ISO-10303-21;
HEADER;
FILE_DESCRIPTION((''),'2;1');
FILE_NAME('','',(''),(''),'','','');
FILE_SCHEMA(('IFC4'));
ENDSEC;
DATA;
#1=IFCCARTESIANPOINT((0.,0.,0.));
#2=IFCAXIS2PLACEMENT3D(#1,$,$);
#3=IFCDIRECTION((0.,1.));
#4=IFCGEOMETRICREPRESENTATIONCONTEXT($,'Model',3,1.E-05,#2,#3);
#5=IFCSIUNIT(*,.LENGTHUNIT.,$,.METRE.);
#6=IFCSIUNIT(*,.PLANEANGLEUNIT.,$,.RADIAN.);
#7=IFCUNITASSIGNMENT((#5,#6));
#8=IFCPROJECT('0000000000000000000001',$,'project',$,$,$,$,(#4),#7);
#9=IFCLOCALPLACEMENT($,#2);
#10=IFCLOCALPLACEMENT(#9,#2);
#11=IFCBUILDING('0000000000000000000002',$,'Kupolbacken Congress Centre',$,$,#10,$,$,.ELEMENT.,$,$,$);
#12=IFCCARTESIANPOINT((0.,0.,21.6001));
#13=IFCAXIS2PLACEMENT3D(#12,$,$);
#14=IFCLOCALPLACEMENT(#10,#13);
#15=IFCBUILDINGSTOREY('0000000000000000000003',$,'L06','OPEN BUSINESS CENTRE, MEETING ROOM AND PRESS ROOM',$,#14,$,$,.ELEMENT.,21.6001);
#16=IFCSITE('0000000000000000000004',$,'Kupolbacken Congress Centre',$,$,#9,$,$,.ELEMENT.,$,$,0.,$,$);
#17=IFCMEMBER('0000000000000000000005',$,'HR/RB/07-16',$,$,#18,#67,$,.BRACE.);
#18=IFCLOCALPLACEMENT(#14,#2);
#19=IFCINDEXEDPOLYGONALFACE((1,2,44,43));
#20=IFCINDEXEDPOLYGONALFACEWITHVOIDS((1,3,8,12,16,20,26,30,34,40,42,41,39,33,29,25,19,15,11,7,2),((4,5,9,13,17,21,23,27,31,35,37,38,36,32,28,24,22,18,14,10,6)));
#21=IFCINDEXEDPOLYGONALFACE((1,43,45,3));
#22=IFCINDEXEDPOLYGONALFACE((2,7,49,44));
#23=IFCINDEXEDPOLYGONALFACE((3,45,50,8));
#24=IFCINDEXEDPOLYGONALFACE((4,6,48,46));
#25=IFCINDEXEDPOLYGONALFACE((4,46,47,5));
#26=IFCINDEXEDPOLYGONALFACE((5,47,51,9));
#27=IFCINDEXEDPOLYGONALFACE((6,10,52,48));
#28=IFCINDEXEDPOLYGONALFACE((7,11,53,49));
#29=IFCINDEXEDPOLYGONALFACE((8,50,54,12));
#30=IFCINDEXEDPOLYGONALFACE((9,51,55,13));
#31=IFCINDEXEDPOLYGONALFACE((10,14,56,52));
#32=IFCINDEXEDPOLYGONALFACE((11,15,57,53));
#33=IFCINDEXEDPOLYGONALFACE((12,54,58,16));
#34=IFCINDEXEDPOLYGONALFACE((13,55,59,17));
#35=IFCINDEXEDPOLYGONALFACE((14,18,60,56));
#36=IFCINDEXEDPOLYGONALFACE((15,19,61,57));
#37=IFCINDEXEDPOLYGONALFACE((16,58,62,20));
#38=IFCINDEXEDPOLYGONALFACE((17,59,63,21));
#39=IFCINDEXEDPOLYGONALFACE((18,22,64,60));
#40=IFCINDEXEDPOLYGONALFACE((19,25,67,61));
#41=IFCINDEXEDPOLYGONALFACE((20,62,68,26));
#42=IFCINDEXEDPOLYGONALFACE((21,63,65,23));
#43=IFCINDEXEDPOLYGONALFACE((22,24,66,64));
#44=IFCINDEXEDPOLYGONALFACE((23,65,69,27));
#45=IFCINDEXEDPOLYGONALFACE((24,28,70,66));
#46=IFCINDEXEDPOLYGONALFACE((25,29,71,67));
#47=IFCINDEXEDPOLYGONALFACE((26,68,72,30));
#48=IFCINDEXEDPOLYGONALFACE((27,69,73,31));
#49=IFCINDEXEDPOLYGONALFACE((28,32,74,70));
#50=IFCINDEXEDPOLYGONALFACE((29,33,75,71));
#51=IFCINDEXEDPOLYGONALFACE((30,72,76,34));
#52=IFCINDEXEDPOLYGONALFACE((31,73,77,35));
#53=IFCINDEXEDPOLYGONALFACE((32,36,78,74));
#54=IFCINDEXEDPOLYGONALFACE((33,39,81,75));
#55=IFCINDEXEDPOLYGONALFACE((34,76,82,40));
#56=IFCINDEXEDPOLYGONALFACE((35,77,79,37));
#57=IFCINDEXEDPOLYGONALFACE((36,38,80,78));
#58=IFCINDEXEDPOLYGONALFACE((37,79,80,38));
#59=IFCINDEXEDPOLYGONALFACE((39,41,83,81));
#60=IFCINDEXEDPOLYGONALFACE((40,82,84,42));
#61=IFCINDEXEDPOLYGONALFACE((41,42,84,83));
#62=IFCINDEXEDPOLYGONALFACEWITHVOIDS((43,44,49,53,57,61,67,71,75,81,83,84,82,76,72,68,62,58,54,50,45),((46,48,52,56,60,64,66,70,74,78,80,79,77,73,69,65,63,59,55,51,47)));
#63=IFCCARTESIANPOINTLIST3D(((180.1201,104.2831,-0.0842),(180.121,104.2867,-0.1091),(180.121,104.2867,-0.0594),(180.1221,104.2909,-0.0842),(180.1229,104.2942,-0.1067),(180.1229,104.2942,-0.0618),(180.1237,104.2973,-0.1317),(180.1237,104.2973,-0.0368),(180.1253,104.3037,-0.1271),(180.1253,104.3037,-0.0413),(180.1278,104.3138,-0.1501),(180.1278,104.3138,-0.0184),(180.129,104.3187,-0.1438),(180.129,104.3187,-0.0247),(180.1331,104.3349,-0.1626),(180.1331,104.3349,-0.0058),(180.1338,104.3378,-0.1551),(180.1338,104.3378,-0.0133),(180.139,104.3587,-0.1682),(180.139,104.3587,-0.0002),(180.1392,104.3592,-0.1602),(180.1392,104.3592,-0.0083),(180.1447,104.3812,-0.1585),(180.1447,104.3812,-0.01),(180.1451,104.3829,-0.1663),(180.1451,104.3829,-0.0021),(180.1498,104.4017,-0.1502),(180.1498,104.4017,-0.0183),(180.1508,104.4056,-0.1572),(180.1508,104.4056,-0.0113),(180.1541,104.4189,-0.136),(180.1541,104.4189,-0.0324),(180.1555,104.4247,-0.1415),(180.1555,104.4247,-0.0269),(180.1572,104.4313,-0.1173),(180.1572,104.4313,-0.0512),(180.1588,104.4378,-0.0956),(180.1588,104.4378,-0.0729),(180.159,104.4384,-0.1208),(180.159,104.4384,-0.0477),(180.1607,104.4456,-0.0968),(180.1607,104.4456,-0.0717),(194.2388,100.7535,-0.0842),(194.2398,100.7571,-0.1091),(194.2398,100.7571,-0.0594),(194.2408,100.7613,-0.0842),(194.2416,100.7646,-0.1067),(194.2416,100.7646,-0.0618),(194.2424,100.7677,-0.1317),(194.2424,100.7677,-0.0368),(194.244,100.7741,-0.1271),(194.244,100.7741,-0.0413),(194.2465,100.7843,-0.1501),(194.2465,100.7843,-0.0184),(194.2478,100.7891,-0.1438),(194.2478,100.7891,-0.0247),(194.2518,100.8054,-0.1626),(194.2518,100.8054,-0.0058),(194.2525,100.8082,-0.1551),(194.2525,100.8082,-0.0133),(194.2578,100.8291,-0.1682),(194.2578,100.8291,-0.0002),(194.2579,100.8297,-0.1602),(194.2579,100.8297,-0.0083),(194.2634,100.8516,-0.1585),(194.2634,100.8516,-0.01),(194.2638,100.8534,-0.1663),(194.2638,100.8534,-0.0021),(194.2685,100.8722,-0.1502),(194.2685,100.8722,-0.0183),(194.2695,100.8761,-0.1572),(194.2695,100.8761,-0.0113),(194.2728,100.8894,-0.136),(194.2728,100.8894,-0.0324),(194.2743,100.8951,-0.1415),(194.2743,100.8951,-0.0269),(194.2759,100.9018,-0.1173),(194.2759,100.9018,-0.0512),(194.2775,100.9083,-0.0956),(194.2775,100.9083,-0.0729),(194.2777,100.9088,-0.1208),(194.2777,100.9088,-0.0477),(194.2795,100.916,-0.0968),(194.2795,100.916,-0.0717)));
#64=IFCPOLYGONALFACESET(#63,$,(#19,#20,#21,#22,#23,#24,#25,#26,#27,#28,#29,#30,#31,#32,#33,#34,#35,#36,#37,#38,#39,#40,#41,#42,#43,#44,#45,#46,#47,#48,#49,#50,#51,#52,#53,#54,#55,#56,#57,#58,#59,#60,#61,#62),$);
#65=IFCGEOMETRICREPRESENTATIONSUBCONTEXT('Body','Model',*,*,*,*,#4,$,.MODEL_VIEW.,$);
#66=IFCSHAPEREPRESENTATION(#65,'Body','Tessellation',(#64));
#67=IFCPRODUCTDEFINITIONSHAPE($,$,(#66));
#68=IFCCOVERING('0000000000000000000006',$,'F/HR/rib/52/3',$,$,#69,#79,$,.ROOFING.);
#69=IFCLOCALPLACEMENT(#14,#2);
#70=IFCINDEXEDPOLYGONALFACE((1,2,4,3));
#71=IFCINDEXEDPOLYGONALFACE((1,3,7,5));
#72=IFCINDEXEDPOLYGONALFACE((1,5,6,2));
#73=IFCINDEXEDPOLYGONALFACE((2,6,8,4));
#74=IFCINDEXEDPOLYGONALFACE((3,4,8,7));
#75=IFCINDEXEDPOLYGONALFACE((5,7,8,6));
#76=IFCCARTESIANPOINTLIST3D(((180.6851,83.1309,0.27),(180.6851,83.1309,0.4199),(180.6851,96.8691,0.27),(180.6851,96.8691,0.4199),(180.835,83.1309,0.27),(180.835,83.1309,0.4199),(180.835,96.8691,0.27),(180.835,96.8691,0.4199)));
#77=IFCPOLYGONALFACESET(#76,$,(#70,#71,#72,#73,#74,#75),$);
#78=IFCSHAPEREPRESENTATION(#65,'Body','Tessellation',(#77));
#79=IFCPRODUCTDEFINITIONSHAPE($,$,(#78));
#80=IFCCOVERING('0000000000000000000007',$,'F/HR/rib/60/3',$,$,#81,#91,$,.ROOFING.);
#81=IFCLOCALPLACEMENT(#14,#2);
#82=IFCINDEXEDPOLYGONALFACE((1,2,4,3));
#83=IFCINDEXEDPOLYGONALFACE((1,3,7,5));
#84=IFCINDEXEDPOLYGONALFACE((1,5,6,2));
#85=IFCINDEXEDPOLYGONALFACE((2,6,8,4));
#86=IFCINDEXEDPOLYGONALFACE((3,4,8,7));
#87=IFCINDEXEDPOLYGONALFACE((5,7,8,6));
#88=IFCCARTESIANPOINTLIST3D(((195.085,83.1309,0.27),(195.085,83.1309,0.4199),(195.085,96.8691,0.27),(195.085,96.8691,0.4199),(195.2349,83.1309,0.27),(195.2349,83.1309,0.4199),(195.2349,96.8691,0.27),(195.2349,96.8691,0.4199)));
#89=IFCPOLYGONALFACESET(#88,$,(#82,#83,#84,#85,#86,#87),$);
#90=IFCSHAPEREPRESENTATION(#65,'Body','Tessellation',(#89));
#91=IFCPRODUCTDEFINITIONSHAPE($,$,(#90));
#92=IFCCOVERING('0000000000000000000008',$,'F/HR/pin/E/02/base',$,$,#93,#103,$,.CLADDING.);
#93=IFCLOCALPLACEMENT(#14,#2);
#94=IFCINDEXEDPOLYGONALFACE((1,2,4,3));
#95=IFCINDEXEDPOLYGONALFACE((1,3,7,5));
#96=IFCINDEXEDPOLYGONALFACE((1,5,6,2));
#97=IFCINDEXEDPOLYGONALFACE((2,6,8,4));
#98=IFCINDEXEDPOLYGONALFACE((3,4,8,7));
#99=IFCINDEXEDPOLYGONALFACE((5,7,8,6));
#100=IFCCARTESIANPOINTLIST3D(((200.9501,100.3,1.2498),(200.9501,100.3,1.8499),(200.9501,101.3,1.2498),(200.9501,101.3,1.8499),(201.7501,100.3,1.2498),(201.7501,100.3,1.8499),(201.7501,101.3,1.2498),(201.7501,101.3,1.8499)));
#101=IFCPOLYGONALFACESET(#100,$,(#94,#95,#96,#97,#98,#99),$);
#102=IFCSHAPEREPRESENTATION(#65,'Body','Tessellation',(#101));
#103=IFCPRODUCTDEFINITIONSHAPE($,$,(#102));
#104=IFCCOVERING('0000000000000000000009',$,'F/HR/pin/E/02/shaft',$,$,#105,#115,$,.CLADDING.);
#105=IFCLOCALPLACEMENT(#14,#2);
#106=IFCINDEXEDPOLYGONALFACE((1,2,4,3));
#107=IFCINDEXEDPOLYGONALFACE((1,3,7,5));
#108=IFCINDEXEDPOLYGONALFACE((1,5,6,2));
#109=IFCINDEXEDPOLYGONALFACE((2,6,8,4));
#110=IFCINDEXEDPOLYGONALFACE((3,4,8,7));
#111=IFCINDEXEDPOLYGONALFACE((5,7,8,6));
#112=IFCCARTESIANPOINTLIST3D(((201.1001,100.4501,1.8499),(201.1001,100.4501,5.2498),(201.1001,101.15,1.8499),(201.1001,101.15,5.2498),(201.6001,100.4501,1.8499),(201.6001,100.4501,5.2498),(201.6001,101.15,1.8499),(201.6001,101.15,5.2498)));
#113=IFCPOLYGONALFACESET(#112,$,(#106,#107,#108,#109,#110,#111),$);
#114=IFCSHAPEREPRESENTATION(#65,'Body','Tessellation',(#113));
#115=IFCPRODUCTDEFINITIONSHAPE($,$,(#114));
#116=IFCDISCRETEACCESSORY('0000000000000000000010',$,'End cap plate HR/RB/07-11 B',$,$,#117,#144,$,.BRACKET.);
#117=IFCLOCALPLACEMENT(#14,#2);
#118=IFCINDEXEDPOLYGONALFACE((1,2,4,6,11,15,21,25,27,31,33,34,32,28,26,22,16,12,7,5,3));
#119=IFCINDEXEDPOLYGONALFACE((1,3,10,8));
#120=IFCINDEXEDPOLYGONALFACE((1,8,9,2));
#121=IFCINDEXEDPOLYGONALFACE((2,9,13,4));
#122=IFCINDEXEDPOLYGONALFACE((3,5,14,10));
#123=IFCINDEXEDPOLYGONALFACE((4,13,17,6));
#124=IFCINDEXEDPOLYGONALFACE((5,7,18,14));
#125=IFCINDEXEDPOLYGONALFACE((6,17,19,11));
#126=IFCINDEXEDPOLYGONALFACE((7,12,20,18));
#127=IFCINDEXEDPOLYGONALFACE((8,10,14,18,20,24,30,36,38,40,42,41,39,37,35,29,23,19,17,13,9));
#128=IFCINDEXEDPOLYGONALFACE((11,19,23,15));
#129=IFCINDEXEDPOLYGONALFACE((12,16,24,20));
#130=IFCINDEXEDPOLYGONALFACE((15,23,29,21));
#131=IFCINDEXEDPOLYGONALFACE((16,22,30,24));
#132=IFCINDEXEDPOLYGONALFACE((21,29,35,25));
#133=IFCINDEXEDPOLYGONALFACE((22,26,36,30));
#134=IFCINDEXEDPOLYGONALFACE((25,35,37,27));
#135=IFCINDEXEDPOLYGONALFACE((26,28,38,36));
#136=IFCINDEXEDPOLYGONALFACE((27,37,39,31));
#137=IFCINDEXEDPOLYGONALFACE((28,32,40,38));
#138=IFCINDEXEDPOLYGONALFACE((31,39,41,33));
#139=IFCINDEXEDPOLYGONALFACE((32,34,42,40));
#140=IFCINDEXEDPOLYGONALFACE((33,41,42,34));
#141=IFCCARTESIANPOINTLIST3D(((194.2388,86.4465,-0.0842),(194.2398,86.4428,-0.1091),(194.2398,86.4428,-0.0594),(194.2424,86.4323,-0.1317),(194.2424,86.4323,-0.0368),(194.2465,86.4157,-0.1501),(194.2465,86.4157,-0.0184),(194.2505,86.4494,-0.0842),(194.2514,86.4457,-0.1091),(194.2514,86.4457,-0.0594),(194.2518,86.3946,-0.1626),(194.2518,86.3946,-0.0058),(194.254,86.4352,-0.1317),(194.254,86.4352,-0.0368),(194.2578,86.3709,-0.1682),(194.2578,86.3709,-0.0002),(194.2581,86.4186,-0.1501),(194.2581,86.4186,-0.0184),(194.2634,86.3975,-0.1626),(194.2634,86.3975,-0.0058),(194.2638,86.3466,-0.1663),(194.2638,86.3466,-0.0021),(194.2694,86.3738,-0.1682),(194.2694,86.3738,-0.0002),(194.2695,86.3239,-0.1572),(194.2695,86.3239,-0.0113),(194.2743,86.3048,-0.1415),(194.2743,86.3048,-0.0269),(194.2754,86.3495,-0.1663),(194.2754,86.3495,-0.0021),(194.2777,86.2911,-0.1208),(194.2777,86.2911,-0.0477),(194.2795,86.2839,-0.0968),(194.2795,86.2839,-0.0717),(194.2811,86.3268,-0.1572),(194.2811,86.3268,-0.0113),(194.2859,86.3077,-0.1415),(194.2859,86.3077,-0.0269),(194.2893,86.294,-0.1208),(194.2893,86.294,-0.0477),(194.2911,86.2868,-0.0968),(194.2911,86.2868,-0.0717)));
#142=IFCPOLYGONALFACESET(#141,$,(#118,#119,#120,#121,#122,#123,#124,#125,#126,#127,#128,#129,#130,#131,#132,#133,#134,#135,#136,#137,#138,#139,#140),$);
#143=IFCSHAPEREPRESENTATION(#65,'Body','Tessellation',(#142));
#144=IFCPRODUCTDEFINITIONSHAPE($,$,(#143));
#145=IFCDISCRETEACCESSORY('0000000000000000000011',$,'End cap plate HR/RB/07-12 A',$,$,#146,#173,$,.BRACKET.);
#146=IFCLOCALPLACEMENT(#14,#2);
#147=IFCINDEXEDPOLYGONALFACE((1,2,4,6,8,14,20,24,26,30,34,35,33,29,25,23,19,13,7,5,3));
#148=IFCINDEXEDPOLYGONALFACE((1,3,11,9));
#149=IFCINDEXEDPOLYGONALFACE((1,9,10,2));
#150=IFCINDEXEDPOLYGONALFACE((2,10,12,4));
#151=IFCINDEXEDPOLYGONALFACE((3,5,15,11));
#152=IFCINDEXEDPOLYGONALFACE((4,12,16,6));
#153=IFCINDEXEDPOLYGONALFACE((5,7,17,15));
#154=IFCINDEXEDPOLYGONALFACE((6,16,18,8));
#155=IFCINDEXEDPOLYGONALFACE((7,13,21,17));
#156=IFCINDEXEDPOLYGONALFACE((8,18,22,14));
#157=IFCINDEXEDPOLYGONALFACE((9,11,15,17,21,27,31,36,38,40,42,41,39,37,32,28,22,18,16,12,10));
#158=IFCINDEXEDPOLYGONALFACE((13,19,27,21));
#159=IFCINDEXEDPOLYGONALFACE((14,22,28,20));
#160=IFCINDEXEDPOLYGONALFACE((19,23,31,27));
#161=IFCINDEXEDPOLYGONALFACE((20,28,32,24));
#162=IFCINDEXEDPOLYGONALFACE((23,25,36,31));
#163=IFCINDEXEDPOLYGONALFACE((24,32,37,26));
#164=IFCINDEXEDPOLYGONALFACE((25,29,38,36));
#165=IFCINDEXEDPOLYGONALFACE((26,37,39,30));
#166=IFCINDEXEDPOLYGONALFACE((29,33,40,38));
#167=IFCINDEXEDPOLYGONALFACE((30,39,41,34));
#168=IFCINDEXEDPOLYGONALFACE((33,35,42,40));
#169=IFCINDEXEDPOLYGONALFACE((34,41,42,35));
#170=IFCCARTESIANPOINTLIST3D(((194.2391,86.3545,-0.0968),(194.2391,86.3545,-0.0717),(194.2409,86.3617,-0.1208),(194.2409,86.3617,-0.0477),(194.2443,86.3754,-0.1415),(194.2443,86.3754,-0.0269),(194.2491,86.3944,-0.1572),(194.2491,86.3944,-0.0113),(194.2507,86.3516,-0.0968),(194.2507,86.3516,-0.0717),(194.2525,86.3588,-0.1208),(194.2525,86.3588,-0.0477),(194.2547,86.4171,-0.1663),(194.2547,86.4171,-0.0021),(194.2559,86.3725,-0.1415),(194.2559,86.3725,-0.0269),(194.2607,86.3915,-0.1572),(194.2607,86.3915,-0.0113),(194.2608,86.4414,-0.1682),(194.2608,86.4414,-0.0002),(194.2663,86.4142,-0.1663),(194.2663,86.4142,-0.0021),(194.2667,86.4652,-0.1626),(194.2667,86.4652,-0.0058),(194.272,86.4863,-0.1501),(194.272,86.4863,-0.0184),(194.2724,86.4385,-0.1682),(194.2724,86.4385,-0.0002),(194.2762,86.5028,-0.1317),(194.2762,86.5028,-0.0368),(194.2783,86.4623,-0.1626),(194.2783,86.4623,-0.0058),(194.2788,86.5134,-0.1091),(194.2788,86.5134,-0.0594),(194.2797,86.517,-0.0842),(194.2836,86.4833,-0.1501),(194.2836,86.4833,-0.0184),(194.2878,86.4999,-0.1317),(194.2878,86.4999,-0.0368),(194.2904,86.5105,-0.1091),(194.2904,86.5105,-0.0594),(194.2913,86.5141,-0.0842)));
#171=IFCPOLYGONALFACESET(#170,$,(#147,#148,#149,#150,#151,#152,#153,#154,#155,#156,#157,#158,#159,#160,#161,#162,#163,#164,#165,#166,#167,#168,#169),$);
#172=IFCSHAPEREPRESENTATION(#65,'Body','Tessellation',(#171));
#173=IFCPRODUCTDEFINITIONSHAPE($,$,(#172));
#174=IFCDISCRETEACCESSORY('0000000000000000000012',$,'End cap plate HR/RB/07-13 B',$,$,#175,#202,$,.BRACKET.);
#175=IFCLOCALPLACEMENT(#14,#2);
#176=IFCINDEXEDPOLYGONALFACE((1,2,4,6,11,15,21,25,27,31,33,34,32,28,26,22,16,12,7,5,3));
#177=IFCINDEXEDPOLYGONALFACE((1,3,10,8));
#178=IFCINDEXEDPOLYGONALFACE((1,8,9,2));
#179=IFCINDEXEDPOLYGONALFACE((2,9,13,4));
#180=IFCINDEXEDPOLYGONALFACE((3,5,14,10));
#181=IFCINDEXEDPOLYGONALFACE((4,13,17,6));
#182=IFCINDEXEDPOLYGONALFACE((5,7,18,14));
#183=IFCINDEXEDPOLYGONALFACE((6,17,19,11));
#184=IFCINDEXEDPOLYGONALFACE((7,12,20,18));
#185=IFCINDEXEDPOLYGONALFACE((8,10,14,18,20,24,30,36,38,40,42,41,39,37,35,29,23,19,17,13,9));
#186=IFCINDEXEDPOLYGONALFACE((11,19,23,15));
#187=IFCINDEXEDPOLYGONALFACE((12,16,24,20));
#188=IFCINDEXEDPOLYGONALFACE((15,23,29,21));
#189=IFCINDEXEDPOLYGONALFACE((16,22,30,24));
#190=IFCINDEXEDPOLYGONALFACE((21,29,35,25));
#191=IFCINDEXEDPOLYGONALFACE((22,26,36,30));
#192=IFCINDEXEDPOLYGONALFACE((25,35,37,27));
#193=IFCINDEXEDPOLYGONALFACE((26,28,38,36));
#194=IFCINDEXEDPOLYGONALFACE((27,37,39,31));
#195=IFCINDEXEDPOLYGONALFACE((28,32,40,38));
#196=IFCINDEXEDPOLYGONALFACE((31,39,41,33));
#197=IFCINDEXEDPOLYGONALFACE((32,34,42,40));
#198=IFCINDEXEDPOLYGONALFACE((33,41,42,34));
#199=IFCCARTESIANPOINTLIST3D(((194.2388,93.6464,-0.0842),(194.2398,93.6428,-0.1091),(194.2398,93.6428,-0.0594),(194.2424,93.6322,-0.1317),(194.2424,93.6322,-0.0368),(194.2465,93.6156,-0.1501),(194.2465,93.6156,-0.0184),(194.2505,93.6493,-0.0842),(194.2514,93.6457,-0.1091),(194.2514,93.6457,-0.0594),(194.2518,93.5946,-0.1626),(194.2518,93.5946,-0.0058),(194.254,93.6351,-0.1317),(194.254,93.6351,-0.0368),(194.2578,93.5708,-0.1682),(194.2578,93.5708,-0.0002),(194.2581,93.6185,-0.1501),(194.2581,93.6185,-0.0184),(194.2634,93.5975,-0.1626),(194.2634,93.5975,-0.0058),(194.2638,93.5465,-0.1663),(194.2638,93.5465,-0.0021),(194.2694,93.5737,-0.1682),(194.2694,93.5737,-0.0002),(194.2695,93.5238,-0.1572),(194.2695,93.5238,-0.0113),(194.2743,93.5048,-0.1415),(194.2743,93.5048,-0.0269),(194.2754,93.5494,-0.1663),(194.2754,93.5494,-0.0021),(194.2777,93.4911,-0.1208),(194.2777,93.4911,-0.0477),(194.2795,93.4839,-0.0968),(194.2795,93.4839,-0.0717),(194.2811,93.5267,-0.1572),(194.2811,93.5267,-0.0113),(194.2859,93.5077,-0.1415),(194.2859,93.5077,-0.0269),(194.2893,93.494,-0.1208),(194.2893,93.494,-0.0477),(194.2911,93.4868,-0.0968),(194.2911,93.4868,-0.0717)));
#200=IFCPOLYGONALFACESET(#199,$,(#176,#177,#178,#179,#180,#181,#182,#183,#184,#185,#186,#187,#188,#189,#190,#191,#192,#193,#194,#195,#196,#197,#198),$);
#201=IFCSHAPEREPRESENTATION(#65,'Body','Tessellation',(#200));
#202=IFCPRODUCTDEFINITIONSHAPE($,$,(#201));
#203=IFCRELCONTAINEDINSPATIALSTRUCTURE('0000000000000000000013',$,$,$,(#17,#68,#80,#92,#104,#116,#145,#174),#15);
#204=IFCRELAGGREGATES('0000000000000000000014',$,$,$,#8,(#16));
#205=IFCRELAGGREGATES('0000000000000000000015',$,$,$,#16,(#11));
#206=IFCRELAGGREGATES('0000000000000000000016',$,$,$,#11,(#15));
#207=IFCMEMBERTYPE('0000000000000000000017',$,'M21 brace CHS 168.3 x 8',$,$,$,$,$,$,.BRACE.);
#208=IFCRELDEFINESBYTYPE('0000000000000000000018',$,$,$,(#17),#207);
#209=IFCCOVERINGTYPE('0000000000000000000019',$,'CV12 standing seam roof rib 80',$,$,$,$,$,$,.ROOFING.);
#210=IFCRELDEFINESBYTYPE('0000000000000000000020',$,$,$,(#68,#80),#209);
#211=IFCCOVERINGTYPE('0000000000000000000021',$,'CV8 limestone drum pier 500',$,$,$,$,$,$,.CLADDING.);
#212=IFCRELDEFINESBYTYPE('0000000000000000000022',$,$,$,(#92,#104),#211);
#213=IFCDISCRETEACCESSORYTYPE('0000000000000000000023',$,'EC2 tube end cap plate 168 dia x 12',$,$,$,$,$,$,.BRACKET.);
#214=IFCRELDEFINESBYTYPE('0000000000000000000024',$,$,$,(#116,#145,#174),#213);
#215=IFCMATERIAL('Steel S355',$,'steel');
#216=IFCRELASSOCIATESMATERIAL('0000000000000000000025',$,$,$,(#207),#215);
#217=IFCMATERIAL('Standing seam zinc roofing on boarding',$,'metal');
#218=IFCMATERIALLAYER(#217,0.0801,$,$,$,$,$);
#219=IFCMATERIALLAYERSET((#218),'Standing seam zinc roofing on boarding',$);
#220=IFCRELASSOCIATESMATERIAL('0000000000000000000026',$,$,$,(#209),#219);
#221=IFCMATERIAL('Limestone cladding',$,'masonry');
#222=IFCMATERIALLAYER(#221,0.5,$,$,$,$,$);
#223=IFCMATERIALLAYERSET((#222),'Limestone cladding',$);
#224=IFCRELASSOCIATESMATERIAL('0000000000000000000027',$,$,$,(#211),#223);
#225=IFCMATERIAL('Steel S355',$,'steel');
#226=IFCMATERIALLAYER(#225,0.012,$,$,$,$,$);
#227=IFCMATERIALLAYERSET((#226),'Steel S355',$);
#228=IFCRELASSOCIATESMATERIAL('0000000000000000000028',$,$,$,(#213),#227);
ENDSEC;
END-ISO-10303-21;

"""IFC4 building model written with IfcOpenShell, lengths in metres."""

from ifc_helpers import new_model, si_unit, direction, frame, origin, origin_2d, place, context, subcontext, project, spatial, rectangle, circle, hollow_circle, extrude, material, layer, layer_set, material_profile, profile_set, type_object, element, save


model = new_model("IFC4")

# Units and contexts
model_context = context("Model", 3, precision=1e-05, world=origin(), true_north=direction((0.0, 1.0)))
body_context = subcontext(model_context, "Body", "Model", "MODEL_VIEW")
ifc_project = project(units=[si_unit("LENGTHUNIT", "METRE"), si_unit("PLANEANGLEUNIT", "RADIAN")], contexts=[model_context])

# Site, building, storey
site_placement = place(None, origin())
site = spatial("IfcSite", under=ifc_project, at=site_placement, Name="Kupolbacken Congress Centre", CompositionType="ELEMENT", RefElevation=0.0)
building_placement = place(site_placement, origin())
building = spatial("IfcBuilding", under=site, at=building_placement, Name="Kupolbacken Congress Centre", CompositionType="ELEMENT")
storey_placement = place(building_placement, frame((0.0, 0.0, 21.6001)))
storey = spatial("IfcBuildingStorey", under=building, at=storey_placement, Name="L06", Description="OPEN BUSINESS CENTRE, MEETING ROOM AND PRESS ROOM", CompositionType="ELEMENT", Elevation=21.6001)

# Member
ifc_material_1 = material(Name="Steel S355", Category="steel")
ifc_material_profile_1 = material_profile(ifc_material_1, hollow_circle(Radius=0.0842, WallThickness=0.0081, at=origin_2d()), Name="CHS 168.3 x 8")
ifc_profile_set_1 = profile_set([ifc_material_profile_1], Name="Steel S355")
member_type_1 = type_object("IfcMemberType", Name="M21 brace CHS 168.3 x 8", PredefinedType="BRACE", material=ifc_profile_set_1)
for number, where, z_axis, x_axis, name in (
    (1, (194.2593, 100.8352, -0.0842), (-0.970144, 0.242528, 0.0), (-0.242528, -0.970144, 0.0), "HR/RB/07-16"),
):
    element("IfcMember", number, at=place(storey_placement, frame(where, z_axis=z_axis, x_axis=x_axis)), inside=storey, type_object=member_type_1, Name=name, PredefinedType="BRACE", context=body_context, shape_type="SweptSolid", body=[
        extrude(hollow_circle(Radius=0.0842, WallThickness=0.0081, at=origin_2d()), origin(), (0.0, 0.0, 1.0), 14.5532),
    ])

# Coverings
ifc_material_2 = material(Name="Standing seam zinc roofing on boarding", Category="metal")
ifc_layer_1 = layer(ifc_material_2, 0.0801)
ifc_layer_set_1 = layer_set([ifc_layer_1], Name="Standing seam zinc roofing on boarding")
covering_type_1 = type_object("IfcCoveringType", Name="CV12 standing seam roof rib 80", PredefinedType="ROOFING", material=ifc_layer_set_1)
for number, where, z_axis, x_axis, name in (
    (2, (180.76, 90.0, 0.27), (0.0, 0.0, 1.0), (0.0, 1.0, 0.0), "F/HR/rib/52/3"),
    (3, (195.1599, 90.0, 0.27), (0.0, 0.0, 1.0), (0.0, 1.0, 0.0), "F/HR/rib/60/3"),
):
    element("IfcCovering", number, at=place(storey_placement, frame(where, z_axis=z_axis, x_axis=x_axis)), inside=storey, type_object=covering_type_1, Name=name, PredefinedType="ROOFING", context=body_context, shape_type="SweptSolid", body=[
        extrude(rectangle(XDim=13.7383, YDim=0.1499, at=origin_2d()), origin(), (0.0, 0.0, 1.0), 0.1499),
    ])
ifc_material_3 = material(Name="Limestone cladding", Category="masonry")
ifc_layer_2 = layer(ifc_material_3, 0.5)
ifc_layer_set_2 = layer_set([ifc_layer_2], Name="Limestone cladding")
covering_type_2 = type_object("IfcCoveringType", Name="CV8 limestone drum pier 500", PredefinedType="CLADDING", material=ifc_layer_set_2)
covering_1_placement = place(storey_placement, frame((201.3501, 100.8, 1.2498), z_axis=(0.0, 0.0, 1.0), x_axis=(0.0, 1.0, 0.0)))
element("IfcCovering", 4, at=covering_1_placement, inside=storey, type_object=covering_type_2, Name="F/HR/pin/E/02/base", PredefinedType="CLADDING", context=body_context, shape_type="SweptSolid", body=[
    extrude(rectangle(XDim=1.0, YDim=0.8, at=origin_2d()), origin(), (0.0, 0.0, 1.0), 0.6001),
])
covering_2_placement = place(storey_placement, frame((201.3501, 100.8, 1.8499), z_axis=(0.0, 0.0, 1.0), x_axis=(0.0, 1.0, 0.0)))
element("IfcCovering", 5, at=covering_2_placement, inside=storey, type_object=covering_type_2, Name="F/HR/pin/E/02/shaft", PredefinedType="CLADDING", context=body_context, shape_type="SweptSolid", body=[
    extrude(rectangle(XDim=0.7, YDim=0.5, at=origin_2d()), origin(), (0.0, 0.0, 1.0), 3.3999),
])

# Discrete accessories
ifc_material_4 = material(Name="Steel S355", Category="steel")
ifc_layer_3 = layer(ifc_material_4, 0.012)
ifc_layer_set_3 = layer_set([ifc_layer_3], Name="Steel S355")
discrete_accessory_type = type_object("IfcDiscreteAccessoryType", Name="EC2 tube end cap plate 168 dia x 12", PredefinedType="BRACKET", material=ifc_layer_set_3)
for number, where, z_axis, x_axis, name in (
    (6, (194.2593, 86.3647, -0.0842), (0.970143, 0.242536, 0.0), (-0.242536, 0.970143, 0.0), "End cap plate HR/RB/07-11 B"),
    (7, (194.2593, 86.4353, -0.0842), (0.970143, -0.242536, 0.0), (0.242536, 0.970143, 0.0), "End cap plate HR/RB/07-12 A"),
    (8, (194.2593, 93.5647, -0.0842), (0.970143, 0.242536, 0.0), (-0.242536, 0.970143, 0.0), "End cap plate HR/RB/07-13 B"),
):
    element("IfcDiscreteAccessory", number, at=place(storey_placement, frame(where, z_axis=z_axis, x_axis=x_axis)), inside=storey, type_object=discrete_accessory_type, Name=name, PredefinedType="BRACKET", context=body_context, shape_type="SweptSolid", body=[
        extrude(circle(Radius=0.0842, at=origin_2d()), origin(), (0.0, 0.0, 1.0), 0.012),
    ])

save(model, "model.ifc")
